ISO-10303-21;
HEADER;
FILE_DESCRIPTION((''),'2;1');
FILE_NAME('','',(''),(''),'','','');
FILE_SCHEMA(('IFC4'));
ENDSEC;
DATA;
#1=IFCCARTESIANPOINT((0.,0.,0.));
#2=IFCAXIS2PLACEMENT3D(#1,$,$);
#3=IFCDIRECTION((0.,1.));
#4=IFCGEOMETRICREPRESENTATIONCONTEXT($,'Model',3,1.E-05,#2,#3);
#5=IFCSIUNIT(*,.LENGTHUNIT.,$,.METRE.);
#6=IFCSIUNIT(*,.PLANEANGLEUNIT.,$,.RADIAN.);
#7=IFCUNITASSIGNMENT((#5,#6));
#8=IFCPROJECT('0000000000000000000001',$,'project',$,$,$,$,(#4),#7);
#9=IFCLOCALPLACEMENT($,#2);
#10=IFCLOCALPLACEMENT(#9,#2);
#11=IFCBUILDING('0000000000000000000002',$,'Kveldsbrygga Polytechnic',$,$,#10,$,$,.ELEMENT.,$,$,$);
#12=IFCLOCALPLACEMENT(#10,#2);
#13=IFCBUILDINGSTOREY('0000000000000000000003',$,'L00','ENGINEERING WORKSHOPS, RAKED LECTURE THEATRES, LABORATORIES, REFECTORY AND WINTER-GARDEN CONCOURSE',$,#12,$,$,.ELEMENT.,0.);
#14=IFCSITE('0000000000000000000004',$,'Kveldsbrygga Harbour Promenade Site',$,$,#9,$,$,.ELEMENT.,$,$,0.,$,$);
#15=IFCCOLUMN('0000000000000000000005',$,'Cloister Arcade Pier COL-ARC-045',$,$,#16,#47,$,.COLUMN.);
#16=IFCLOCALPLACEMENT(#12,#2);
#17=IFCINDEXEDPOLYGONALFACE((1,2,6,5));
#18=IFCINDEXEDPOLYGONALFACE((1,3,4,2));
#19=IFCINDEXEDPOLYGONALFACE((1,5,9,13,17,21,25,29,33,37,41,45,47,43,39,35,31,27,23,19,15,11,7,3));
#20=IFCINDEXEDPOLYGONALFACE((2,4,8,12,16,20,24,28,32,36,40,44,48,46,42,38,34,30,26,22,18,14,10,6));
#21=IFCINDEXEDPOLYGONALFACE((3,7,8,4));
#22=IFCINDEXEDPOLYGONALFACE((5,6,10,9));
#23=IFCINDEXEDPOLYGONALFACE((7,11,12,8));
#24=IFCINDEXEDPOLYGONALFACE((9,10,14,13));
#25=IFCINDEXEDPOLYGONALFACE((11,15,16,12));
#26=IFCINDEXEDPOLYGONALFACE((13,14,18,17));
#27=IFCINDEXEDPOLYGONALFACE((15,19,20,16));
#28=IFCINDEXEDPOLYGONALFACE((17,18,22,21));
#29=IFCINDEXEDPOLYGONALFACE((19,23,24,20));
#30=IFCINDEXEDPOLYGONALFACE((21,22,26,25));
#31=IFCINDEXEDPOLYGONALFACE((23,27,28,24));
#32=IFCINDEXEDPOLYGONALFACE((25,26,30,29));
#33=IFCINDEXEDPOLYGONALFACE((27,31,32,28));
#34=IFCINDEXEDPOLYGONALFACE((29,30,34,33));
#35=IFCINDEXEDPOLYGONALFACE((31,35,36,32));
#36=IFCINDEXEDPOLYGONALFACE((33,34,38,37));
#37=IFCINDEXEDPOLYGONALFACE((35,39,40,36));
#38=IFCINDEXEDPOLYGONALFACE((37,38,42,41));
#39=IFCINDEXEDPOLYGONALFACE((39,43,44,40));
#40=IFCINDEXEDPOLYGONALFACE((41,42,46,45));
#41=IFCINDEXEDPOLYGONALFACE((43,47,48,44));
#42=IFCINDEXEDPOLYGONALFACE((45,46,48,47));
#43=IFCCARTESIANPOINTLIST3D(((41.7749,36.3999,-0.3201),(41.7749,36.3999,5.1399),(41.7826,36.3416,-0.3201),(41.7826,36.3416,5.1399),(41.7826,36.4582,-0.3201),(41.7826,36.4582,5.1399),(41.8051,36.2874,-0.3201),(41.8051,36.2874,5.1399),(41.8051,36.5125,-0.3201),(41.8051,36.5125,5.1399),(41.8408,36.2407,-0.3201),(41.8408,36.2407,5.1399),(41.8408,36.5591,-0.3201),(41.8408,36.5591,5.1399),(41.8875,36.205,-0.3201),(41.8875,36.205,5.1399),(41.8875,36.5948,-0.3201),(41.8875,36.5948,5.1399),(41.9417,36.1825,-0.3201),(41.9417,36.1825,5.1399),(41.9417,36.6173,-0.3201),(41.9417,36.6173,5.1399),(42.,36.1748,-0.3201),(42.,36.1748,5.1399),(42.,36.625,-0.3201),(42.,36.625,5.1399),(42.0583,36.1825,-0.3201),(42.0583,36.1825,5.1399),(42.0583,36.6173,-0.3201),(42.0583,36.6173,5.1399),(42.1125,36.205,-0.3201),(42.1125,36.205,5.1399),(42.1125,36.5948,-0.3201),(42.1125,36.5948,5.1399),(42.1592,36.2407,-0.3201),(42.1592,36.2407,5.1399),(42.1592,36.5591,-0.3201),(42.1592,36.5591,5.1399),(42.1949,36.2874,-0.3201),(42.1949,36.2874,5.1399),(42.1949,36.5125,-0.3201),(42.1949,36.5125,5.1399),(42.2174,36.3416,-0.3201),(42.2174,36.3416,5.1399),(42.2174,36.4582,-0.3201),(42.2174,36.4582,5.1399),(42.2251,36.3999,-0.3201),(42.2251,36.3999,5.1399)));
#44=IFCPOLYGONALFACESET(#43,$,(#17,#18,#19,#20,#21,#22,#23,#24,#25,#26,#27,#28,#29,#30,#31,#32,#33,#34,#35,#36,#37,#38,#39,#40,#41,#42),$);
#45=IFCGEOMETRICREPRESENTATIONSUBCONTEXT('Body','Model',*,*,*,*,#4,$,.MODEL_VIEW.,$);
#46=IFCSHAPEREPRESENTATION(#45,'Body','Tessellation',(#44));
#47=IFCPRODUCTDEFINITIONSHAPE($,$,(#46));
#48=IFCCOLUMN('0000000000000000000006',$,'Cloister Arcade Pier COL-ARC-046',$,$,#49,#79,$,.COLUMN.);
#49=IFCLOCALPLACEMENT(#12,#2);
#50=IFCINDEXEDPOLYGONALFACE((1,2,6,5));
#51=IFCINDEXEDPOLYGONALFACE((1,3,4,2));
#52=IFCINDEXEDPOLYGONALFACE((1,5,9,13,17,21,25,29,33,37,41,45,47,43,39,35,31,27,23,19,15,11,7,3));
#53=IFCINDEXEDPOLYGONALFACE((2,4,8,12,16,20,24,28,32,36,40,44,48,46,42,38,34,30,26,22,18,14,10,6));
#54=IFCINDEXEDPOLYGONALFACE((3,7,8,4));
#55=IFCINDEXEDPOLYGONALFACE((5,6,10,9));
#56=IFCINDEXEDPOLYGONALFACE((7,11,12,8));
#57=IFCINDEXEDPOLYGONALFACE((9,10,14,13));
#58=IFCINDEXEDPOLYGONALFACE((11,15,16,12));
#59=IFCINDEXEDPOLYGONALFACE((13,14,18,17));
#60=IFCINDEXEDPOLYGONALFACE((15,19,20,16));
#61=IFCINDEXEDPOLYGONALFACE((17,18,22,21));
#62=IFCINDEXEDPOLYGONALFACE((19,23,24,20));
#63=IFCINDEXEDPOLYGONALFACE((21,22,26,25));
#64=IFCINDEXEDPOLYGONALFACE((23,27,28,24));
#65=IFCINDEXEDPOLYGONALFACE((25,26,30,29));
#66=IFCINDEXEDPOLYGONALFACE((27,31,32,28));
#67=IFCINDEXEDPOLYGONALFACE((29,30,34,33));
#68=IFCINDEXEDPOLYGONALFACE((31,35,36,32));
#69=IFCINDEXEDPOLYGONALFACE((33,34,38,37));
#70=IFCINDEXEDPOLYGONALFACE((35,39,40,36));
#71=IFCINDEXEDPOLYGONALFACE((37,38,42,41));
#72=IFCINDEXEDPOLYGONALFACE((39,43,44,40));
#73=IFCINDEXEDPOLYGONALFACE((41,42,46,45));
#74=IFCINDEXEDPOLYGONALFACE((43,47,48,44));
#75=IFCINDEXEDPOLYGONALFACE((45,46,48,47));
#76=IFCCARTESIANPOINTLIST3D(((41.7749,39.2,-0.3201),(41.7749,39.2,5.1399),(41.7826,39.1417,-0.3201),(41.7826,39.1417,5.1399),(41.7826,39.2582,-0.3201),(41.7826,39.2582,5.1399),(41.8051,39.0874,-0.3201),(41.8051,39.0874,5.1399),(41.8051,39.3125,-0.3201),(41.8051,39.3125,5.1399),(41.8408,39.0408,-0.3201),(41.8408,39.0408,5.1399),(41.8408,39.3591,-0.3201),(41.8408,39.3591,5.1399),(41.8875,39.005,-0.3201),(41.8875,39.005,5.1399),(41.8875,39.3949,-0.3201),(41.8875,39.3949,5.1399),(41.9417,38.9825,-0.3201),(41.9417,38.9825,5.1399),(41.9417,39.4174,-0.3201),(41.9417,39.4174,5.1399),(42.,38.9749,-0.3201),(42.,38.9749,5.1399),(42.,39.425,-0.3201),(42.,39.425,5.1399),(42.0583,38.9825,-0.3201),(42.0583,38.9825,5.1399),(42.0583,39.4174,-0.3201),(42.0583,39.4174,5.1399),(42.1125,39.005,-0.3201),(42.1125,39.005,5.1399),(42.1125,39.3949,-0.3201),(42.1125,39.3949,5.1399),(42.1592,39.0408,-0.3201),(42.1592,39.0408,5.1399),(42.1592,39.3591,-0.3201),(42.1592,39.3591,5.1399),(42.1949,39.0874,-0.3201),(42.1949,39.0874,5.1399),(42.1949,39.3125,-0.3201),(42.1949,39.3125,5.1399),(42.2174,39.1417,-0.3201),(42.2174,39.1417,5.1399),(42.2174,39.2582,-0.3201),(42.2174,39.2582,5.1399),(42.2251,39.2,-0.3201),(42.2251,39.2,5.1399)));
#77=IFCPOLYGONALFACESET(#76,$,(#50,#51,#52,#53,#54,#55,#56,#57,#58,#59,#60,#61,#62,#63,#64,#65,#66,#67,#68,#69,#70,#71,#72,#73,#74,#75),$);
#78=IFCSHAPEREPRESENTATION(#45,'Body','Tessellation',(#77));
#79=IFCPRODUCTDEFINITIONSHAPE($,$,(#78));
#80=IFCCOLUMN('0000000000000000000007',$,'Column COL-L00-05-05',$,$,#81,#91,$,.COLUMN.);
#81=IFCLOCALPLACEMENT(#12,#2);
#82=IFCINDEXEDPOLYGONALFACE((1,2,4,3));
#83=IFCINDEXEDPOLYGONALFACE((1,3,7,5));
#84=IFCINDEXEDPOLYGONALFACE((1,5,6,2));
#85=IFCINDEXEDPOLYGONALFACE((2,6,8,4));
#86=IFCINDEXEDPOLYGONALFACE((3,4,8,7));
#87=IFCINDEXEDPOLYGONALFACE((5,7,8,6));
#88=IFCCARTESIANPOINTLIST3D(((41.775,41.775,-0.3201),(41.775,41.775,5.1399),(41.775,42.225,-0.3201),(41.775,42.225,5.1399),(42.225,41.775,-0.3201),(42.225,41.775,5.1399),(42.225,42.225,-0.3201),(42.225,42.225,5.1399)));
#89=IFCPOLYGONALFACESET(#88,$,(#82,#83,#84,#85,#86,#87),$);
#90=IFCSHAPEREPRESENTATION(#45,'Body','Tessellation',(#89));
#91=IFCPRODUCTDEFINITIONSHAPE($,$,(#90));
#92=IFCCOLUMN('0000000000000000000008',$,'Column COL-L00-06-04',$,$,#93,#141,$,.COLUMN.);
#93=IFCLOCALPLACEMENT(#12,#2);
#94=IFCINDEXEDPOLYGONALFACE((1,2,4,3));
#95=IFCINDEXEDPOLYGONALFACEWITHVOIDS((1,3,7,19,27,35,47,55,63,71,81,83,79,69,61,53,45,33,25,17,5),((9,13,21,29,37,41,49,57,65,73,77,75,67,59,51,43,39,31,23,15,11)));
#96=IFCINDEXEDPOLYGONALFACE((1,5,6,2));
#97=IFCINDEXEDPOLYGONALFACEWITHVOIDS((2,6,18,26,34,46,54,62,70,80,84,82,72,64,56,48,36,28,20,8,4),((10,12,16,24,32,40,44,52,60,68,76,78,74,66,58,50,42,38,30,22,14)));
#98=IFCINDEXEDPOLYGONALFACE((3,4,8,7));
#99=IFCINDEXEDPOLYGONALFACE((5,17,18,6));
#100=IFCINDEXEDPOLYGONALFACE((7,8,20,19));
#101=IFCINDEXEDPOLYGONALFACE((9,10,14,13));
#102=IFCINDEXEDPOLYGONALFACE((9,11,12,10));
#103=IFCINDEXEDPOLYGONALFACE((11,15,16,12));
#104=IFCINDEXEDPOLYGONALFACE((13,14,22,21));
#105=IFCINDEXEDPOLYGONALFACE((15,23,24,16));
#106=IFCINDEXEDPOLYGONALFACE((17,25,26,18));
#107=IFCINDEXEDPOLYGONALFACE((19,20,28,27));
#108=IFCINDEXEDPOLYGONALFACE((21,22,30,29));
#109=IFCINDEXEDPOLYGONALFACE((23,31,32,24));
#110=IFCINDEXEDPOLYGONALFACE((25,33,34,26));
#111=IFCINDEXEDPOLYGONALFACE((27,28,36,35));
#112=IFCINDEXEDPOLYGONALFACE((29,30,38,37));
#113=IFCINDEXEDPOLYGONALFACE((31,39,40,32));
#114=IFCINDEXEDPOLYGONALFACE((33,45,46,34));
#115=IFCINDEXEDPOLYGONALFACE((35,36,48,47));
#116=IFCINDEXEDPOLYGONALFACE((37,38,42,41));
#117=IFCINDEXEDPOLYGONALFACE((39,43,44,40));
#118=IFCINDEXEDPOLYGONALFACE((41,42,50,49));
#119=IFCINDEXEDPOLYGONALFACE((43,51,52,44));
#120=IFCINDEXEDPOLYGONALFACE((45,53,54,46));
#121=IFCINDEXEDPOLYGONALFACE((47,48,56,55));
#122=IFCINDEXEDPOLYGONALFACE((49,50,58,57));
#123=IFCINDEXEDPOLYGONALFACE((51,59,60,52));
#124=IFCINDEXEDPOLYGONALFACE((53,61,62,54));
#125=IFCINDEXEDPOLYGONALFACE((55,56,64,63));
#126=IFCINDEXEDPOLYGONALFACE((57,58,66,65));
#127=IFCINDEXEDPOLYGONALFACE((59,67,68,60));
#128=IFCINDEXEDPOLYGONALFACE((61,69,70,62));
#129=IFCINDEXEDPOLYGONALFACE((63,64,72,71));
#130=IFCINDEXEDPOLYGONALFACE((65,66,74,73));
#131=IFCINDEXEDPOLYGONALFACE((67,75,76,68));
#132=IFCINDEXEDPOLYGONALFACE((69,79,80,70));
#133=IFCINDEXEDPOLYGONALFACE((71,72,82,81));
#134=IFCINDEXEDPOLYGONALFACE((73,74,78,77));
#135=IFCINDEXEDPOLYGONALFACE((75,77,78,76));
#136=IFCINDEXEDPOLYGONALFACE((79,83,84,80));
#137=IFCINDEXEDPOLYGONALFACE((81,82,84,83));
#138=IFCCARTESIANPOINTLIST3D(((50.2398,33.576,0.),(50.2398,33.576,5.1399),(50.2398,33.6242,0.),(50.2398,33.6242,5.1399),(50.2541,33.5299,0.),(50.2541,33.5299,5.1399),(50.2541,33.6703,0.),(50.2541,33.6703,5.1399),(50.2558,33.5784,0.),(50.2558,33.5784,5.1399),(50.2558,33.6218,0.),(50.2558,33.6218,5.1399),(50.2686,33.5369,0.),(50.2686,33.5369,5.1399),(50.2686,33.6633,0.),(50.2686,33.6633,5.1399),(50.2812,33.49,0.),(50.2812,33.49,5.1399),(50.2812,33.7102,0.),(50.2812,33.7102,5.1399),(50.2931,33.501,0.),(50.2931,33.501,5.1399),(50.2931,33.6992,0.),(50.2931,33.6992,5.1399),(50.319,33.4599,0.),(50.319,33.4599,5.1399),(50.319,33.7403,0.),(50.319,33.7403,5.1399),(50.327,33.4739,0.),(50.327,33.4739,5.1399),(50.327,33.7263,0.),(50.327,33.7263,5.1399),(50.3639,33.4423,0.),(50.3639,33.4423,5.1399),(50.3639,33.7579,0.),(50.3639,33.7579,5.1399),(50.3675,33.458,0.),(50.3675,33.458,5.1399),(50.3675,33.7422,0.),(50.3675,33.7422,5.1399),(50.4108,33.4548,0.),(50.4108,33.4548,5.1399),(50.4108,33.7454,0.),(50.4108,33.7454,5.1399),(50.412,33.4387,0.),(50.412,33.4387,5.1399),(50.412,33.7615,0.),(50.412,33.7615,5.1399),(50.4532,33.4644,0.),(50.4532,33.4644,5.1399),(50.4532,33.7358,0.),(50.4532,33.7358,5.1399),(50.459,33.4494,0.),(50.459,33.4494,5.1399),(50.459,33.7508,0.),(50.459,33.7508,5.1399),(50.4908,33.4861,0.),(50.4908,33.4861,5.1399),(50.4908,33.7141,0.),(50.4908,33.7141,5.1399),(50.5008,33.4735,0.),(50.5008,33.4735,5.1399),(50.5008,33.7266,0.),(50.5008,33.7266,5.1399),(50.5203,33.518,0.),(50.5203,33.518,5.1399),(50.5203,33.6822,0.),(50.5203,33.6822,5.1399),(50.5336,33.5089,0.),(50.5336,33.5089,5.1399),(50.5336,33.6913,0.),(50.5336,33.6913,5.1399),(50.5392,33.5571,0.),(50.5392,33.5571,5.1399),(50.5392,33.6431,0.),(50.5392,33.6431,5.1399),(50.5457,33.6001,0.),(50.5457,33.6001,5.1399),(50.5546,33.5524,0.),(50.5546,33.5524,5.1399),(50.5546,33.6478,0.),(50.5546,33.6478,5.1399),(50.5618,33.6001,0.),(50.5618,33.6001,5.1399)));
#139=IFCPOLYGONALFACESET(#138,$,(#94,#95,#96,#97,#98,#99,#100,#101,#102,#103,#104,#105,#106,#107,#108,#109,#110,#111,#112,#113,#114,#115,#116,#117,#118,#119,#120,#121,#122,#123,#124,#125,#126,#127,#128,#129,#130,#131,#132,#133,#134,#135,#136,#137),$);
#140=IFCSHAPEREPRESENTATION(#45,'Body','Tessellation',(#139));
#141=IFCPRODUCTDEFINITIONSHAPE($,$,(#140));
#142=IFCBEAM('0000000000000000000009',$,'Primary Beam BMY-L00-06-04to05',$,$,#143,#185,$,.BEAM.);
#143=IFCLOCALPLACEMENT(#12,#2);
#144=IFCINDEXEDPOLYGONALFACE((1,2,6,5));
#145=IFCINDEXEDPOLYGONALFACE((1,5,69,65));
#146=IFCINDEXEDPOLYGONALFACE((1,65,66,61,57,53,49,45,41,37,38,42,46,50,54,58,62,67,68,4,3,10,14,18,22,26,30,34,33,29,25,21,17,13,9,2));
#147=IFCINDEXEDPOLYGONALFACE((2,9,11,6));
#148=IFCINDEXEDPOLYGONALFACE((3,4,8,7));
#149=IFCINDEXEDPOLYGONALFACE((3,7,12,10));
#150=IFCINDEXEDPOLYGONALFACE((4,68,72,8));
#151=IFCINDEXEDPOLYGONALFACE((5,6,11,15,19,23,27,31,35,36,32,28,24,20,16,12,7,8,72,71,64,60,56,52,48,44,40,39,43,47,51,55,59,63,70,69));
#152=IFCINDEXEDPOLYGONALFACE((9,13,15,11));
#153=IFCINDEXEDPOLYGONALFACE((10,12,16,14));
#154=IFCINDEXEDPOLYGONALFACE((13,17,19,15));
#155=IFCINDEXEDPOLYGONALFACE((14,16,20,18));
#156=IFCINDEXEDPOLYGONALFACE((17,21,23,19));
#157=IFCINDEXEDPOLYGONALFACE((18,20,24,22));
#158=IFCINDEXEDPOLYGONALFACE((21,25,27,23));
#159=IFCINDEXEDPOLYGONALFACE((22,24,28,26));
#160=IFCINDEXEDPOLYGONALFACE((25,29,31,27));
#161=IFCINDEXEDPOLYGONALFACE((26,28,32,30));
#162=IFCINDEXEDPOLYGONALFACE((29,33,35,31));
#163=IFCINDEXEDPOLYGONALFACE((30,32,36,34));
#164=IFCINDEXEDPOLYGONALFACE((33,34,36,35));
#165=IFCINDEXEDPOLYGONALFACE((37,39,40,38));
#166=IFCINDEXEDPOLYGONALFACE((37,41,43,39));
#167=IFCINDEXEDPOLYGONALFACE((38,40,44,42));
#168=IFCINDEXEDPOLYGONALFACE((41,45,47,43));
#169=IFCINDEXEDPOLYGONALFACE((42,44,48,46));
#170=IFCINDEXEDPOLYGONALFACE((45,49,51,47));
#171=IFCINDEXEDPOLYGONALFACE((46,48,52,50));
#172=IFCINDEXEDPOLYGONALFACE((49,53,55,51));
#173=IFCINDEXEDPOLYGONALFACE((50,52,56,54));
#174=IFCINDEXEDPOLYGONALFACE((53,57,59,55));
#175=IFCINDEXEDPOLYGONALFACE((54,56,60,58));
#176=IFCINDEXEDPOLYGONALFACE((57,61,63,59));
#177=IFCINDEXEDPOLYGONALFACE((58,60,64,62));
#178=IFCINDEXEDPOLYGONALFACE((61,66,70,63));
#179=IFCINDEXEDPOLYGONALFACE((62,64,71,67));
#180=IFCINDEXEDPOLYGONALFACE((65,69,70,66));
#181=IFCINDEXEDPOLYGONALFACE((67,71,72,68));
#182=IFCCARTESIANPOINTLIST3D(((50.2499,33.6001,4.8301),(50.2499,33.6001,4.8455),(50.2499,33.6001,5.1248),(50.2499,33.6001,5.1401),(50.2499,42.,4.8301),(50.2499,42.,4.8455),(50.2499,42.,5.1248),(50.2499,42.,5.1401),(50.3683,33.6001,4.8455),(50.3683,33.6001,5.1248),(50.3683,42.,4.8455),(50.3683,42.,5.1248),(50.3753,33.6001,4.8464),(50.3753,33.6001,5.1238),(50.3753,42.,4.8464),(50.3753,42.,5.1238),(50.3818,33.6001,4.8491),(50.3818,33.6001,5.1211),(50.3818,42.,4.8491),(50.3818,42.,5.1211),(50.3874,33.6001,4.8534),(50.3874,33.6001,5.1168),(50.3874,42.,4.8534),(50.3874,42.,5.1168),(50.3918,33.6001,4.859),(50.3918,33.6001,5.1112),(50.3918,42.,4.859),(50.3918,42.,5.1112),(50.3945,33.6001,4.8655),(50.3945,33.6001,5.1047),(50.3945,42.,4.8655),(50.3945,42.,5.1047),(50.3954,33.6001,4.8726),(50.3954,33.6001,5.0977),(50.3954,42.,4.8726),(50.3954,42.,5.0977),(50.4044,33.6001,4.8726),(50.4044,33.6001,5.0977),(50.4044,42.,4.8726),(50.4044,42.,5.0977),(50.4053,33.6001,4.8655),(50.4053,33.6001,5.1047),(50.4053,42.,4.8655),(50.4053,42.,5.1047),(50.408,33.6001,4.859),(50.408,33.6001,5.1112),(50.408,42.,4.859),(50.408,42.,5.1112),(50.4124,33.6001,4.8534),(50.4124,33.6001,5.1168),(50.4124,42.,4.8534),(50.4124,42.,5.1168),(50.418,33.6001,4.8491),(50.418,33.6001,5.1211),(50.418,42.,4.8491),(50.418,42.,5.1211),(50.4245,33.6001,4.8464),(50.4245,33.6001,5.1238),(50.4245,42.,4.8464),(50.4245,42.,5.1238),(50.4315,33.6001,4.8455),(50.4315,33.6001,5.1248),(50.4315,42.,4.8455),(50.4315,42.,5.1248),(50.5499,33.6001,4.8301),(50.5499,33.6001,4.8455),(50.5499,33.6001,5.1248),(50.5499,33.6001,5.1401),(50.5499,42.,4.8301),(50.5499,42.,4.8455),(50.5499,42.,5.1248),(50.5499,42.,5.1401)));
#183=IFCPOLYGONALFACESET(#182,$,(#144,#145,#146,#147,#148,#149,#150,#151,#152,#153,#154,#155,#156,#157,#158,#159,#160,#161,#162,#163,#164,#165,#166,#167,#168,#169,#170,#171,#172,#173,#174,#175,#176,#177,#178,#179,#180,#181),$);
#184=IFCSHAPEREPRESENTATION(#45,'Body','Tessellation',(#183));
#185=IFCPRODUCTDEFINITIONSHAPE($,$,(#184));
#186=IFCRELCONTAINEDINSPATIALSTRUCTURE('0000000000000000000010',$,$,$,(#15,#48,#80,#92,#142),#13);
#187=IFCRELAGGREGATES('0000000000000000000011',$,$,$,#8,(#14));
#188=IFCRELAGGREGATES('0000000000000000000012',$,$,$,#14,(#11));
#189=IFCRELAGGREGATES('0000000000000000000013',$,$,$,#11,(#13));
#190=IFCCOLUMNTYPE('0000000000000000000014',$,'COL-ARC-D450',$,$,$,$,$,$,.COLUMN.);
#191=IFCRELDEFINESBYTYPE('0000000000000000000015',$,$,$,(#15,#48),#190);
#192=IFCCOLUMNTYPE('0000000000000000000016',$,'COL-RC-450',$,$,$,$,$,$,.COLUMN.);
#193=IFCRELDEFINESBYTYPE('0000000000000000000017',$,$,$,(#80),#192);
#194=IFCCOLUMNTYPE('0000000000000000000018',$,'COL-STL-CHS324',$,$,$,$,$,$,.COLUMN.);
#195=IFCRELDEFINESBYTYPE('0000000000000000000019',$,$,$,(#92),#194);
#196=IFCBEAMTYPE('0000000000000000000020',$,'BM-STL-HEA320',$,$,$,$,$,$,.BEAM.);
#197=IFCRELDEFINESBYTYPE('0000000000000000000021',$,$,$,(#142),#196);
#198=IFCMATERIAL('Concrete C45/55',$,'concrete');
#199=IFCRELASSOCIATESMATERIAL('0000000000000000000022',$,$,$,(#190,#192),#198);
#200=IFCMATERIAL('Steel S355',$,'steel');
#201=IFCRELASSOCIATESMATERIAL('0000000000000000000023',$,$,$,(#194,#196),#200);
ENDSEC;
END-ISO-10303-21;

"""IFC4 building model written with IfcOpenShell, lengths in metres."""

from ifc_helpers import new_model, si_unit, direction, frame, origin, origin_2d, place, context, subcontext, project, spatial, rectangle, circle, hollow_circle, i_section, extrude, material, material_profile, profile_set, type_object, element, save


model = new_model("IFC4")

# Units and contexts
model_context = context("Model", 3, precision=1e-05, world=origin(), true_north=direction((0.0, 1.0)))
body_context = subcontext(model_context, "Body", "Model", "MODEL_VIEW")
ifc_project = project(units=[si_unit("LENGTHUNIT", "METRE"), si_unit("PLANEANGLEUNIT", "RADIAN")], contexts=[model_context])

# Site, building, storey
site_placement = place(None, origin())
site = spatial("IfcSite", under=ifc_project, at=site_placement, Name="Kveldsbrygga Harbour Promenade Site", CompositionType="ELEMENT", RefElevation=0.0)
building_placement = place(site_placement, origin())
building = spatial("IfcBuilding", under=site, at=building_placement, Name="Kveldsbrygga Polytechnic", CompositionType="ELEMENT")
storey_placement = place(building_placement, origin())
storey = spatial("IfcBuildingStorey", under=building, at=storey_placement, Name="L00", Description="ENGINEERING WORKSHOPS, RAKED LECTURE THEATRES, LABORATORIES, REFECTORY AND WINTER-GARDEN CONCOURSE", CompositionType="ELEMENT", Elevation=0.0)

# Shared definitions
ifc_material_1 = material(Name="Concrete C45/55", Category="concrete")

# Columns
ifc_material_profile_1 = material_profile(ifc_material_1, circle(Radius=0.2251, at=origin_2d()), Name="RC D450")
ifc_profile_set_1 = profile_set([ifc_material_profile_1], Name="Concrete C45/55")
column_type_1 = type_object("IfcColumnType", Name="COL-ARC-D450", PredefinedType="COLUMN", material=ifc_profile_set_1)
for number, where, z_axis, x_axis, name in (
    (1, (42.0, 36.3999, -0.3201), (0.0, 0.0, 1.0), (1.0, 0.0, 0.0), "Cloister Arcade Pier COL-ARC-045"),
    (2, (42.0, 39.2, -0.3201), (0.0, 0.0, 1.0), (1.0, 0.0, 0.0), "Cloister Arcade Pier COL-ARC-046"),
):
    element("IfcColumn", number, at=place(storey_placement, frame(where, z_axis=z_axis, x_axis=x_axis)), inside=storey, type_object=column_type_1, Name=name, PredefinedType="COLUMN", context=body_context, shape_type="SweptSolid", body=[
        extrude(circle(Radius=0.2251, at=origin_2d()), origin(), (0.0, 0.0, 1.0), 5.46),
    ])
ifc_material_profile_2 = material_profile(ifc_material_1, rectangle(XDim=0.45, YDim=0.45, at=origin_2d()), Name="RC 450x450")
ifc_profile_set_2 = profile_set([ifc_material_profile_2], Name="Concrete C45/55")
column_type_2 = type_object("IfcColumnType", Name="COL-RC-450", PredefinedType="COLUMN", material=ifc_profile_set_2)
column_1_placement = place(storey_placement, frame((42.0, 42.0, -0.3201), z_axis=(0.0, 0.0, 1.0), x_axis=(1.0, 0.0, 0.0)))
element("IfcColumn", 3, at=column_1_placement, inside=storey, type_object=column_type_2, Name="Column COL-L00-05-05", PredefinedType="COLUMN", context=body_context, shape_type="SweptSolid", body=[
    extrude(rectangle(XDim=0.45, YDim=0.45, at=origin_2d()), origin(), (0.0, 0.0, 1.0), 5.46),
])
ifc_material_2 = material(Name="Steel S355", Category="steel")
ifc_material_profile_3 = material_profile(ifc_material_2, hollow_circle(Radius=0.1619, WallThickness=0.0161, at=origin_2d()), Name="CHS 323.9x16.0")
ifc_profile_set_3 = profile_set([ifc_material_profile_3], Name="Steel S355")
column_type_3 = type_object("IfcColumnType", Name="COL-STL-CHS324", PredefinedType="COLUMN", material=ifc_profile_set_3)
column_2_placement = place(storey_placement, frame((50.3999, 33.6001, 0.0), z_axis=(0.0, 0.0, 1.0), x_axis=(1.0, 0.0, 0.0)))
element("IfcColumn", 4, at=column_2_placement, inside=storey, type_object=column_type_3, Name="Column COL-L00-06-04", PredefinedType="COLUMN", context=body_context, shape_type="SweptSolid", body=[
    extrude(hollow_circle(Radius=0.1619, WallThickness=0.0161, at=origin_2d()), origin(), (0.0, 0.0, 1.0), 5.1399),
])

# Beam
ifc_material_profile_4 = material_profile(ifc_material_2, i_section(OverallWidth=0.3, OverallDepth=0.3101, WebThickness=0.009, FlangeThickness=0.0154, FilletRadius=0.0271, at=origin_2d()), Name="HEA 320")
ifc_profile_set_4 = profile_set([ifc_material_profile_4], Name="Steel S355")
beam_type_1 = type_object("IfcBeamType", Name="BM-STL-HEA320", PredefinedType="BEAM", material=ifc_profile_set_4)
beam_placement = place(storey_placement, frame((50.3999, 33.6001, 4.9851), z_axis=(0.0, 1.0, 0.0), x_axis=(-1.0, 0.0, 0.0)))
element("IfcBeam", 5, at=beam_placement, inside=storey, type_object=beam_type_1, Name="Primary Beam BMY-L00-06-04to05", PredefinedType="BEAM", context=body_context, shape_type="SweptSolid", body=[
    extrude(i_section(OverallWidth=0.3, OverallDepth=0.3101, WebThickness=0.009, FlangeThickness=0.0154, FilletRadius=0.0271, at=origin_2d()), origin(), (0.0, 0.0, 1.0), 8.3999),
])

save(model, "model.ifc")
